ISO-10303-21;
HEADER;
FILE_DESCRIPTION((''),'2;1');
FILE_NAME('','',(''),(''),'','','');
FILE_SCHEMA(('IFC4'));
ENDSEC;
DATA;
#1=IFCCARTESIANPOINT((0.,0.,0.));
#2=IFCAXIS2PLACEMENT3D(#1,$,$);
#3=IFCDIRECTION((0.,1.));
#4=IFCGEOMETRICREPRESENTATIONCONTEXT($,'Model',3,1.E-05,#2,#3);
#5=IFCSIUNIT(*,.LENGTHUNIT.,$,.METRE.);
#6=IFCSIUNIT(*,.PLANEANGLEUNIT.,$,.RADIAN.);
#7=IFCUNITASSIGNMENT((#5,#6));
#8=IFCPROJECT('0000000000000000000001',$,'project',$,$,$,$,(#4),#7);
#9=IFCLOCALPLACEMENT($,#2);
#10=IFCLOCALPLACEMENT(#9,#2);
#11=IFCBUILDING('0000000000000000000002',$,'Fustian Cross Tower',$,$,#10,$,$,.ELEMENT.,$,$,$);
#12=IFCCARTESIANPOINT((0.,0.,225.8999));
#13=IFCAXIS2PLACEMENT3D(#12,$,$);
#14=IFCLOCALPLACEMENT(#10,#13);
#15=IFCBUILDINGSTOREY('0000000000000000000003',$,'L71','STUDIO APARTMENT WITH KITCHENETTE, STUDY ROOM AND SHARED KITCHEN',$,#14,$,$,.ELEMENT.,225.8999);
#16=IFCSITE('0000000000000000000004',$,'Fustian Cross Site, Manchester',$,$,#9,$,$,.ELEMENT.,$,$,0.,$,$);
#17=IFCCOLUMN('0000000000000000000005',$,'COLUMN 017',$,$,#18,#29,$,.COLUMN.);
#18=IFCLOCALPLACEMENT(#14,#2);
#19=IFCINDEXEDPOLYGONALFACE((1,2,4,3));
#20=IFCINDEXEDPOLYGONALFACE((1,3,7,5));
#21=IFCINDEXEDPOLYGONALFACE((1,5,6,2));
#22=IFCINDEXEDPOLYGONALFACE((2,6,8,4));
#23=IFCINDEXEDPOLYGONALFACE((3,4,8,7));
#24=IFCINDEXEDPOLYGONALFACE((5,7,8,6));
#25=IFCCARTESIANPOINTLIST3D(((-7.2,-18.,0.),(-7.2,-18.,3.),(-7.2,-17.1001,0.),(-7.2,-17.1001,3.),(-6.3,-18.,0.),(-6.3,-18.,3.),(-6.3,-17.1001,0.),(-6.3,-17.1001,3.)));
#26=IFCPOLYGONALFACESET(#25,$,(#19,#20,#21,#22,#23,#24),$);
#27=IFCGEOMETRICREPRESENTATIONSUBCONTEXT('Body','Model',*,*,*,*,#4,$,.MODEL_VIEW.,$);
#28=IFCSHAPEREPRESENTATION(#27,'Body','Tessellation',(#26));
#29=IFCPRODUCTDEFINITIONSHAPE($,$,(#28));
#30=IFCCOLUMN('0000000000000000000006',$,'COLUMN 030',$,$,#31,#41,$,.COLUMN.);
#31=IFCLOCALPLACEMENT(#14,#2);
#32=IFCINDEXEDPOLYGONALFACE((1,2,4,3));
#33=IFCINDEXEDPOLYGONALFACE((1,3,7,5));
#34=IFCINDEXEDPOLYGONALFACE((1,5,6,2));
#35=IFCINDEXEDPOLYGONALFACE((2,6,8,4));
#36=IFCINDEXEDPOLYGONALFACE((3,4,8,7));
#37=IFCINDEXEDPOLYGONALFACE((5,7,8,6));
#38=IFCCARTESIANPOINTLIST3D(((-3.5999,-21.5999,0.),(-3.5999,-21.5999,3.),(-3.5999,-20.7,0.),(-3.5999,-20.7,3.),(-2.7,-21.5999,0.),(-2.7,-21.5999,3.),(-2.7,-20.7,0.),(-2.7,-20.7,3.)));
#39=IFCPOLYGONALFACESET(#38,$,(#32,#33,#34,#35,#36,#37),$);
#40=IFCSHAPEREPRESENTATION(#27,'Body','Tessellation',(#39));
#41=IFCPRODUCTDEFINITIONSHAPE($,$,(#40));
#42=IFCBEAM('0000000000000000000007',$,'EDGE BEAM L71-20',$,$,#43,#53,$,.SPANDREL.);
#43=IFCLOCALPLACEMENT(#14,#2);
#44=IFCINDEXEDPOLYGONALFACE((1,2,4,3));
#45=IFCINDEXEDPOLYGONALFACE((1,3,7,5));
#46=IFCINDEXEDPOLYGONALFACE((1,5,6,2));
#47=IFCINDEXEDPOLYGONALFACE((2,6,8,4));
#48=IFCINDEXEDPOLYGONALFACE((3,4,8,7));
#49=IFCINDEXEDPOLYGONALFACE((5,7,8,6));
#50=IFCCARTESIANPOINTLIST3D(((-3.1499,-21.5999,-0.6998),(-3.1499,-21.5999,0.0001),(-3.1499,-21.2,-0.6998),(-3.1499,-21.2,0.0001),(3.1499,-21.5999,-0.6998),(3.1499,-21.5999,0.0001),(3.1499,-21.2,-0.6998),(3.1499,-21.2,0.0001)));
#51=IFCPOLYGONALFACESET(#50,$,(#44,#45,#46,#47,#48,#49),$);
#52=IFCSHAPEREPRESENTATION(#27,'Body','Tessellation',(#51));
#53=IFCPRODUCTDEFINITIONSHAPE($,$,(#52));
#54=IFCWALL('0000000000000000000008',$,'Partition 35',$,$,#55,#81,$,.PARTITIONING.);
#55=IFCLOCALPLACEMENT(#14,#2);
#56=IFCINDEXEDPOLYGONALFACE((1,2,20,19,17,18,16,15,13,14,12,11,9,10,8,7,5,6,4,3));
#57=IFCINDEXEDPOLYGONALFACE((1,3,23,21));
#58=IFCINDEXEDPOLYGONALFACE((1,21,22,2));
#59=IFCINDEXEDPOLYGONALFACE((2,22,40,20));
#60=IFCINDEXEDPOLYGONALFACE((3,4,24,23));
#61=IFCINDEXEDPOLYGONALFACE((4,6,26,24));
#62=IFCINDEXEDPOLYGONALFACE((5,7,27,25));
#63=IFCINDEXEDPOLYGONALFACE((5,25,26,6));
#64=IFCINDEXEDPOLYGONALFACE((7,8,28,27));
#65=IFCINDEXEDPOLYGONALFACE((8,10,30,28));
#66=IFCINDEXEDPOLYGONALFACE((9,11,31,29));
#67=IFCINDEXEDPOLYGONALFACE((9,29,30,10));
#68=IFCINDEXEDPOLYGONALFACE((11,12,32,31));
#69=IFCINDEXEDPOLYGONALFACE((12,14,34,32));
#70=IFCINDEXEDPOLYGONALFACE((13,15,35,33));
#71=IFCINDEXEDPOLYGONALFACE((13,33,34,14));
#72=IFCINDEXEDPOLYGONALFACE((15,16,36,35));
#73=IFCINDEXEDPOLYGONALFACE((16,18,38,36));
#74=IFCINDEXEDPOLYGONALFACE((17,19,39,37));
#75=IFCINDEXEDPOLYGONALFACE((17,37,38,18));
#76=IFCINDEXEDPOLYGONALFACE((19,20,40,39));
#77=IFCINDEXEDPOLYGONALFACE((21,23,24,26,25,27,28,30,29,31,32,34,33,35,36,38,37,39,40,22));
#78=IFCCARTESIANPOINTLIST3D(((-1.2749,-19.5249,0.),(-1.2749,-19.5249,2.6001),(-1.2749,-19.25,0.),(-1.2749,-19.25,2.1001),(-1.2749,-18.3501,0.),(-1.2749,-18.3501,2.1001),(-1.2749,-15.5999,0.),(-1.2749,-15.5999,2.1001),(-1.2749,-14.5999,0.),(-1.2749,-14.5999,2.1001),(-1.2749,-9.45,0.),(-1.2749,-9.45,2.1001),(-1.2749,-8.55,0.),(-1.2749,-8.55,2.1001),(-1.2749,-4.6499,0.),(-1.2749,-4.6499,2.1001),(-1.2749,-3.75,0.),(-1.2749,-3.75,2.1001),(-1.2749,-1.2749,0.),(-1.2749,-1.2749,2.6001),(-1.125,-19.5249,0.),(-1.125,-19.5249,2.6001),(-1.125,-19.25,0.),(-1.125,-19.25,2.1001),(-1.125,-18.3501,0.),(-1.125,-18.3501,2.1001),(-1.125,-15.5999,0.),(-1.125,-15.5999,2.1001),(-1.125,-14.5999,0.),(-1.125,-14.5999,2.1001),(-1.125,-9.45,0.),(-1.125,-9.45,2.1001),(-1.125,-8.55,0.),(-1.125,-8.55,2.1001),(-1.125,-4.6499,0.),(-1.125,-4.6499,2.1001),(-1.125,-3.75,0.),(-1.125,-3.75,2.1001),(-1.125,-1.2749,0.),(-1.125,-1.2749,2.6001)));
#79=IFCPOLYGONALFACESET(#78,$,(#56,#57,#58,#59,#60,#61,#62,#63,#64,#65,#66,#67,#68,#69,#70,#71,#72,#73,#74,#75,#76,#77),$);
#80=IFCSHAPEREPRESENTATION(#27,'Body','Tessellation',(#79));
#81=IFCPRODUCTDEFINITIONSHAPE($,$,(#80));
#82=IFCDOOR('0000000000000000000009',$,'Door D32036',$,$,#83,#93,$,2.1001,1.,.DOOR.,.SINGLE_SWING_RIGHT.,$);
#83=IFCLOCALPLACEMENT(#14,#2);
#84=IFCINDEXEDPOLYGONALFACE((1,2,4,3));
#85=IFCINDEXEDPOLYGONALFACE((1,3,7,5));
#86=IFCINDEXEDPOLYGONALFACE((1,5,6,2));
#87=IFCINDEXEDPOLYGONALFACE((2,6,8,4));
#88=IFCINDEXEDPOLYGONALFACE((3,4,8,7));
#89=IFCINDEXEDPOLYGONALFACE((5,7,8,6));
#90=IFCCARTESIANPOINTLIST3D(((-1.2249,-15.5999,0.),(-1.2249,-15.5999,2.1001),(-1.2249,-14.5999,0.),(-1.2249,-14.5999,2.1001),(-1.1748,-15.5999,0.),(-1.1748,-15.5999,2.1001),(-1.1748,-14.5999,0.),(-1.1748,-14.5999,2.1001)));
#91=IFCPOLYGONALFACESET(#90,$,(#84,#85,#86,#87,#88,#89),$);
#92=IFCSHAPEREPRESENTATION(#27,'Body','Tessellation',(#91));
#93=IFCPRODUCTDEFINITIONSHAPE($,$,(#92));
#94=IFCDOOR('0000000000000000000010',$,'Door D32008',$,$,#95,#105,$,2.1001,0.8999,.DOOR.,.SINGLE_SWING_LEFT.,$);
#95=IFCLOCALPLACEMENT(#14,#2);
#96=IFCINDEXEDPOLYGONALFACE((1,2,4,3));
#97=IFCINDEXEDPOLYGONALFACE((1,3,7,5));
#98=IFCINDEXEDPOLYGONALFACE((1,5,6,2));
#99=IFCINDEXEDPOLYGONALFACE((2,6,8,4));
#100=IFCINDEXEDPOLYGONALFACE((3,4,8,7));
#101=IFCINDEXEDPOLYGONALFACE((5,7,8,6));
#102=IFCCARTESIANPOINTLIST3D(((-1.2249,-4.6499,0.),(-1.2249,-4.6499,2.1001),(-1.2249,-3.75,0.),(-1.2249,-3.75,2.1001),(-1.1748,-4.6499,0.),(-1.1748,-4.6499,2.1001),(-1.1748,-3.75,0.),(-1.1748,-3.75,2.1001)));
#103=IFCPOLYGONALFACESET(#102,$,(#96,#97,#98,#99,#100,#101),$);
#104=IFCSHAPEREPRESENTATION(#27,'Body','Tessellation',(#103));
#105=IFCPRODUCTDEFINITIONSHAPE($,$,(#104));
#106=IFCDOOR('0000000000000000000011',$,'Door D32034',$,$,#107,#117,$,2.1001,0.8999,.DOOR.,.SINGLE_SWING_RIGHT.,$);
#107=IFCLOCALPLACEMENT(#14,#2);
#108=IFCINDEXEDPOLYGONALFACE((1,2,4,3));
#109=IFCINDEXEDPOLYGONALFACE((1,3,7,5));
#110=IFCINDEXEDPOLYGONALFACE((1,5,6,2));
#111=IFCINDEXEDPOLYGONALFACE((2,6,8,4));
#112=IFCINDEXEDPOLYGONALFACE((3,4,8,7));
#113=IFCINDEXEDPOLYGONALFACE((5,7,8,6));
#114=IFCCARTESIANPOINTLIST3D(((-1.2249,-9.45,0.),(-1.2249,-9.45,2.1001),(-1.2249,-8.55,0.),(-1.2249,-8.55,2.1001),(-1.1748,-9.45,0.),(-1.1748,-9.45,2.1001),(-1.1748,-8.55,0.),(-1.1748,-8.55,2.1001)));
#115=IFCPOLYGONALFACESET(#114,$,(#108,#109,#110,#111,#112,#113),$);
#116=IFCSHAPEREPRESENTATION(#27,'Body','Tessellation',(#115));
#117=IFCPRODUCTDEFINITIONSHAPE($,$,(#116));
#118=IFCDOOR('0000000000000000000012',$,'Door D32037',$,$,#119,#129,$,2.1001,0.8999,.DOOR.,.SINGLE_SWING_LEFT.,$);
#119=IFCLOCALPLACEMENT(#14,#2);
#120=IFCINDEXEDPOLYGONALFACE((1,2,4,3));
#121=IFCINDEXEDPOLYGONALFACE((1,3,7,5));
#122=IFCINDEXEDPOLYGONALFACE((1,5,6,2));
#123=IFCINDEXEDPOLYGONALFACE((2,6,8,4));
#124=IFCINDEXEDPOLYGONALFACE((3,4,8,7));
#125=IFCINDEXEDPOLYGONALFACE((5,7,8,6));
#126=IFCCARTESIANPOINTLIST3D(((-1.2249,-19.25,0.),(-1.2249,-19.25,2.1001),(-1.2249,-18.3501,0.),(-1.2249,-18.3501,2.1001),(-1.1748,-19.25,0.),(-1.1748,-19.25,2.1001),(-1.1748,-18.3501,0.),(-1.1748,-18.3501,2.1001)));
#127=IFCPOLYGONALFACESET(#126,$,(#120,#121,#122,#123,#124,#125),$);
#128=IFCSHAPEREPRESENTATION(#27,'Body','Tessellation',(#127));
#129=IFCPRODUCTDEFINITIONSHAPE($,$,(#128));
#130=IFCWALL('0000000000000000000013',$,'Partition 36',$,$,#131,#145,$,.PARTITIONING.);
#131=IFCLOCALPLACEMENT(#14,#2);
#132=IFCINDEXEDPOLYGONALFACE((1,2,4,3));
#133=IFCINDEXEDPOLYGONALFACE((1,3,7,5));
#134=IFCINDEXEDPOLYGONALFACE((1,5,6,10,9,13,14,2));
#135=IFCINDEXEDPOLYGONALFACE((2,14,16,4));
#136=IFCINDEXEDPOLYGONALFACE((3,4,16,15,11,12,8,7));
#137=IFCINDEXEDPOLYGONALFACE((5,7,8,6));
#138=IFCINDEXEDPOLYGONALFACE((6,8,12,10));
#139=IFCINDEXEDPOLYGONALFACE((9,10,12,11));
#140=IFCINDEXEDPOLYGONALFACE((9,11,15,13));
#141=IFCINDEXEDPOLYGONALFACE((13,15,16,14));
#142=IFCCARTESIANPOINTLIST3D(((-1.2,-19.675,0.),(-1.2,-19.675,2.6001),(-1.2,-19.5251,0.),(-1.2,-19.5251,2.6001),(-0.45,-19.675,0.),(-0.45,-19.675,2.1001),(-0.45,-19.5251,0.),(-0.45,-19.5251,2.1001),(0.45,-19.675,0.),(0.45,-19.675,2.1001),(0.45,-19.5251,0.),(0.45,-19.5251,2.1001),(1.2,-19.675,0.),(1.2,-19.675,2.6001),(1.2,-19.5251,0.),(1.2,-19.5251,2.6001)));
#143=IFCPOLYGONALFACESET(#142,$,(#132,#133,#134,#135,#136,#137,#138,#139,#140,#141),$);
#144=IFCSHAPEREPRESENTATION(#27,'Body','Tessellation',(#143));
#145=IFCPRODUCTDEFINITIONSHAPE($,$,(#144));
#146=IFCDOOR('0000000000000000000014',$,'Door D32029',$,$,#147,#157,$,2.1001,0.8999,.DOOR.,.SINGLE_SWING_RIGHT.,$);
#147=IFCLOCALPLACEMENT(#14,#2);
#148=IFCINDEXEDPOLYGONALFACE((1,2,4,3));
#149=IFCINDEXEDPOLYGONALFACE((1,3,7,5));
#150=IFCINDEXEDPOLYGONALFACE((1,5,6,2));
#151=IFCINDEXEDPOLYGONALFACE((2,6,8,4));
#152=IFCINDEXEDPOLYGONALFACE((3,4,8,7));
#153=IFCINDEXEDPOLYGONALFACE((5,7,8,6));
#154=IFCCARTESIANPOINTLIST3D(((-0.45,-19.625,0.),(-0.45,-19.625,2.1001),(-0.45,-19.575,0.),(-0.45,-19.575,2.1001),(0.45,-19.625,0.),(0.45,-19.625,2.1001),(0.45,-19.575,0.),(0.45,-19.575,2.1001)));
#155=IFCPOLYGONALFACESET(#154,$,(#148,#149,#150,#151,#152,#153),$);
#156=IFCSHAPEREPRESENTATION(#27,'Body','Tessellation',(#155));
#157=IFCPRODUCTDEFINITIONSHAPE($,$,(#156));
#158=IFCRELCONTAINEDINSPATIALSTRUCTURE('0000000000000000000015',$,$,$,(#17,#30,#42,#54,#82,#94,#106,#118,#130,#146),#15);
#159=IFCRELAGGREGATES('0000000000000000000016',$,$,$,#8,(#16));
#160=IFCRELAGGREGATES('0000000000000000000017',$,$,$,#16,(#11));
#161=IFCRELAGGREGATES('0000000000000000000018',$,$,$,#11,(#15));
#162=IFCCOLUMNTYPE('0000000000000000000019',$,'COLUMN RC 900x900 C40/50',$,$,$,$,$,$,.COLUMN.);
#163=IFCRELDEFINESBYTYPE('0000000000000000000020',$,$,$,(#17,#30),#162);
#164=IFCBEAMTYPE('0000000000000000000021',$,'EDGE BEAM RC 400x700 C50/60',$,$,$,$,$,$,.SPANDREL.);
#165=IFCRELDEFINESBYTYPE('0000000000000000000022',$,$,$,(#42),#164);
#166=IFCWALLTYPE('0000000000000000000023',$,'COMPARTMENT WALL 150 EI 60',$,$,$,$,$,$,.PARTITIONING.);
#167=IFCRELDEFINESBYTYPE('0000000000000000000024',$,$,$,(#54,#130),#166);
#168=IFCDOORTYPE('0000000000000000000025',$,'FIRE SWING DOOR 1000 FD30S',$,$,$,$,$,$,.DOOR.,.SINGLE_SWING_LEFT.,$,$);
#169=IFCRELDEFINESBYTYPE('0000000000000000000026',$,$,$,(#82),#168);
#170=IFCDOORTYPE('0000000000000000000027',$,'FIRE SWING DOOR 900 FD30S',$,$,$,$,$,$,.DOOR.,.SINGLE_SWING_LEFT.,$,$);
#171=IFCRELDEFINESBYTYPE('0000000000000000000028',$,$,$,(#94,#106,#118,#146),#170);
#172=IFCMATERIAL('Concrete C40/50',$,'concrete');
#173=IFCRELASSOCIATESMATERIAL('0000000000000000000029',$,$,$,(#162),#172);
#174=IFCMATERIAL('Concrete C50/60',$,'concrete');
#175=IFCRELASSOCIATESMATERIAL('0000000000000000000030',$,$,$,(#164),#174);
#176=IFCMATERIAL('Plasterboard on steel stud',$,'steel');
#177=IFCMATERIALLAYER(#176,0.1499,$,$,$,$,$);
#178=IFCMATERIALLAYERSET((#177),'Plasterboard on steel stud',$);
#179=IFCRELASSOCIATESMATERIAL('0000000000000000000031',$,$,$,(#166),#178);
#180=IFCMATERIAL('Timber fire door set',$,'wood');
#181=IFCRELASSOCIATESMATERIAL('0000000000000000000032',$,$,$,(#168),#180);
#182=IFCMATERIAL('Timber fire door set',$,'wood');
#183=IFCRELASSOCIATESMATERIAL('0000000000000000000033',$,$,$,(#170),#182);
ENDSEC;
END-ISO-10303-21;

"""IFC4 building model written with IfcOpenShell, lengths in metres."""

from ifc_helpers import new_model, si_unit, direction, frame, frame_2d, origin, origin_2d, place, context, subcontext, project, spatial, rectangle, extrude, material, layer, layer_set, material_profile, profile_set, type_object, element, fill, save


model = new_model("IFC4")

# Units and contexts
model_context = context("Model", 3, precision=1e-05, world=origin(), true_north=direction((0.0, 1.0)))
body_context = subcontext(model_context, "Body", "Model", "MODEL_VIEW")
ifc_project = project(units=[si_unit("LENGTHUNIT", "METRE"), si_unit("PLANEANGLEUNIT", "RADIAN")], contexts=[model_context])

# Site, building, storey
site_placement = place(None, origin())
site = spatial("IfcSite", under=ifc_project, at=site_placement, Name="Fustian Cross Site, Manchester", CompositionType="ELEMENT", RefElevation=0.0)
building_placement = place(site_placement, origin())
building = spatial("IfcBuilding", under=site, at=building_placement, Name="Fustian Cross Tower", CompositionType="ELEMENT")
storey_placement = place(building_placement, frame((0.0, 0.0, 225.8999)))
storey = spatial("IfcBuildingStorey", under=building, at=storey_placement, Name="L71", Description="STUDIO APARTMENT WITH KITCHENETTE, STUDY ROOM AND SHARED KITCHEN", CompositionType="ELEMENT", Elevation=225.8999)

# Columns
ifc_material_1 = material(Name="Concrete C40/50", Category="concrete")
ifc_material_profile_1 = material_profile(ifc_material_1, rectangle(XDim=0.8999, YDim=0.8999, at=origin_2d()), Name="RC 900x900")
ifc_profile_set_1 = profile_set([ifc_material_profile_1], Name="Concrete C40/50")
column_type = type_object("IfcColumnType", Name="COLUMN RC 900x900 C40/50", PredefinedType="COLUMN", material=ifc_profile_set_1)
for number, where, z_axis, x_axis, name in (
    (1, (-6.75, -17.55, 0.0), (0.0, 0.0, 1.0), (1.0, 0.0, 0.0), "COLUMN 017"),
    (2, (-3.1499, -21.1499, 0.0), (0.0, 0.0, 1.0), (1.0, 0.0, 0.0), "COLUMN 030"),
):
    element("IfcColumn", number, at=place(storey_placement, frame(where, z_axis=z_axis, x_axis=x_axis)), inside=storey, type_object=column_type, Name=name, PredefinedType="COLUMN", context=body_context, shape_type="SweptSolid", body=[
        extrude(rectangle(XDim=0.8999, YDim=0.8999, at=origin_2d()), origin(), (0.0, 0.0, 1.0), 3.0),
    ])

# Beam
ifc_material_2 = material(Name="Concrete C50/60", Category="concrete")
ifc_material_profile_2 = material_profile(ifc_material_2, rectangle(XDim=0.3999, YDim=0.7, at=origin_2d()), Name="RC 400x700")
ifc_profile_set_2 = profile_set([ifc_material_profile_2], Name="Concrete C50/60")
beam_type = type_object("IfcBeamType", Name="EDGE BEAM RC 400x700 C50/60", PredefinedType="SPANDREL", material=ifc_profile_set_2)
beam_placement = place(storey_placement, frame((-3.1499, -21.3999, -0.3499), z_axis=(1.0, 0.0, 0.0), x_axis=(0.0, 1.0, 0.0)))
element("IfcBeam", 3, at=beam_placement, inside=storey, type_object=beam_type, Name="EDGE BEAM L71-20", PredefinedType="SPANDREL", context=body_context, shape_type="SweptSolid", body=[
    extrude(rectangle(XDim=0.3999, YDim=0.7, at=origin_2d()), origin(), (0.0, 0.0, 1.0), 6.2998),
])

# Wall, openings, doors
ifc_material_3 = material(Name="Plasterboard on steel stud", Category="steel")
ifc_layer_1 = layer(ifc_material_3, 0.1499)
ifc_layer_set_1 = layer_set([ifc_layer_1], Name="Plasterboard on steel stud")
wall_type_1 = type_object("IfcWallType", Name="COMPARTMENT WALL 150 EI 60", PredefinedType="PARTITIONING", material=ifc_layer_set_1)
wall_1_placement = place(storey_placement, frame((-1.2, -19.5249, 0.0), z_axis=(0.0, 0.0, 1.0), x_axis=(0.0, 1.0, 0.0)))
wall_1 = element("IfcWall", 4, at=wall_1_placement, inside=storey, type_object=wall_type_1, Name="Partition 35", PredefinedType="PARTITIONING", context=body_context, shape_type="SweptSolid", body=[
    extrude(rectangle(XDim=18.25, YDim=0.1499, at=frame_2d((9.125, 0.0))), origin(), (0.0, 0.0, 1.0), 2.6001),
])
opening_1_placement = place(wall_1_placement, frame((14.875, 0.0, 0.0)))
opening_1 = element("IfcOpeningElement", 5, at=opening_1_placement, cuts=wall_1, PredefinedType="OPENING", context=body_context, shape_type="SweptSolid", body=[
    extrude(rectangle(XDim=0.8999, YDim=2.1001, at=frame_2d((0.45, 1.05))), frame((0.0, 0.085, 0.0), z_axis=(0.0, -1.0, 0.0), x_axis=(1.0, 0.0, 0.0)), (0.0, 0.0, 1.0), 0.1699),
])
opening_2_placement = place(wall_1_placement, frame((10.075, 0.0, 0.0)))
opening_2 = element("IfcOpeningElement", 6, at=opening_2_placement, cuts=wall_1, PredefinedType="OPENING", context=body_context, shape_type="SweptSolid", body=[
    extrude(rectangle(XDim=0.8999, YDim=2.1001, at=frame_2d((0.45, 1.05))), frame((0.0, 0.085, 0.0), z_axis=(0.0, -1.0, 0.0), x_axis=(1.0, 0.0, 0.0)), (0.0, 0.0, 1.0), 0.1699),
])
opening_3_placement = place(wall_1_placement, frame((3.925, 0.0, 0.0)))
opening_3 = element("IfcOpeningElement", 7, at=opening_3_placement, cuts=wall_1, PredefinedType="OPENING", context=body_context, shape_type="SweptSolid", body=[
    extrude(rectangle(XDim=1.0, YDim=2.1001, at=frame_2d((0.5, 1.05))), frame((0.0, 0.085, 0.0), z_axis=(0.0, -1.0, 0.0), x_axis=(1.0, 0.0, 0.0)), (0.0, 0.0, 1.0), 0.1699),
])
opening_4_placement = place(wall_1_placement, frame((0.2749, 0.0, 0.0)))
opening_4 = element("IfcOpeningElement", 8, at=opening_4_placement, cuts=wall_1, PredefinedType="OPENING", context=body_context, shape_type="SweptSolid", body=[
    extrude(rectangle(XDim=0.8999, YDim=2.1001, at=frame_2d((0.45, 1.05))), frame((0.0, 0.085, 0.0), z_axis=(0.0, -1.0, 0.0), x_axis=(1.0, 0.0, 0.0)), (0.0, 0.0, 1.0), 0.1699),
])
ifc_material_4 = material(Name="Timber fire door set", Category="wood")
door_type_1 = type_object("IfcDoorType", Name="FIRE SWING DOOR 1000 FD30S", OperationType="SINGLE_SWING_LEFT", PredefinedType="DOOR", material=ifc_material_4)
door_1_placement = place(opening_3_placement, origin())
door_1 = element("IfcDoor", 9, at=door_1_placement, inside=storey, type_object=door_type_1, Name="Door D32036", OperationType="SINGLE_SWING_RIGHT", OverallHeight=2.1001, OverallWidth=1.0, PredefinedType="DOOR", context=body_context, shape_type="SweptSolid", body=[
    extrude(rectangle(XDim=1.0, YDim=2.1001, at=frame_2d((0.5, 1.05))), frame((0.0, 0.0249, 0.0), z_axis=(0.0, -1.0, 0.0), x_axis=(1.0, 0.0, 0.0)), (0.0, 0.0, 1.0), 0.05),
])
fill(opening_3, door_1)
ifc_material_5 = material(Name="Timber fire door set", Category="wood")
door_type_2 = type_object("IfcDoorType", Name="FIRE SWING DOOR 900 FD30S", OperationType="SINGLE_SWING_LEFT", PredefinedType="DOOR", material=ifc_material_5)
door_2_placement = place(opening_1_placement, origin())
door_2 = element("IfcDoor", 10, at=door_2_placement, inside=storey, type_object=door_type_2, Name="Door D32008", OperationType="SINGLE_SWING_LEFT", OverallHeight=2.1001, OverallWidth=0.8999, PredefinedType="DOOR", context=body_context, shape_type="SweptSolid", body=[
    extrude(rectangle(XDim=0.8999, YDim=2.1001, at=frame_2d((0.45, 1.05))), frame((0.0, 0.0249, 0.0), z_axis=(0.0, -1.0, 0.0), x_axis=(1.0, 0.0, 0.0)), (0.0, 0.0, 1.0), 0.05),
])
fill(opening_1, door_2)
door_3_placement = place(opening_2_placement, origin())
door_3 = element("IfcDoor", 11, at=door_3_placement, inside=storey, type_object=door_type_2, Name="Door D32034", OperationType="SINGLE_SWING_RIGHT", OverallHeight=2.1001, OverallWidth=0.8999, PredefinedType="DOOR", context=body_context, shape_type="SweptSolid", body=[
    extrude(rectangle(XDim=0.8999, YDim=2.1001, at=frame_2d((0.45, 1.05))), frame((0.0, 0.0249, 0.0), z_axis=(0.0, -1.0, 0.0), x_axis=(1.0, 0.0, 0.0)), (0.0, 0.0, 1.0), 0.05),
])
fill(opening_2, door_3)
door_4_placement = place(opening_4_placement, origin())
door_4 = element("IfcDoor", 12, at=door_4_placement, inside=storey, type_object=door_type_2, Name="Door D32037", OperationType="SINGLE_SWING_LEFT", OverallHeight=2.1001, OverallWidth=0.8999, PredefinedType="DOOR", context=body_context, shape_type="SweptSolid", body=[
    extrude(rectangle(XDim=0.8999, YDim=2.1001, at=frame_2d((0.45, 1.05))), frame((0.0, 0.0249, 0.0), z_axis=(0.0, -1.0, 0.0), x_axis=(1.0, 0.0, 0.0)), (0.0, 0.0, 1.0), 0.05),
])
fill(opening_4, door_4)

# Wall, opening, door
wall_2_placement = place(storey_placement, frame((-1.2, -19.6001, 0.0), z_axis=(0.0, 0.0, 1.0), x_axis=(1.0, 0.0, 0.0)))
wall_2 = element("IfcWall", 13, at=wall_2_placement, inside=storey, type_object=wall_type_1, Name="Partition 36", PredefinedType="PARTITIONING", context=body_context, shape_type="SweptSolid", body=[
    extrude(rectangle(XDim=2.3999, YDim=0.1499, at=frame_2d((1.2, 0.0))), origin(), (0.0, 0.0, 1.0), 2.6001),
])
opening_5_placement = place(wall_2_placement, frame((0.75, 0.0, 0.0)))
opening_5 = element("IfcOpeningElement", 14, at=opening_5_placement, cuts=wall_2, PredefinedType="OPENING", context=body_context, shape_type="SweptSolid", body=[
    extrude(rectangle(XDim=0.8999, YDim=2.1001, at=frame_2d((0.45, 1.05))), frame((0.0, 0.085, 0.0), z_axis=(0.0, -1.0, 0.0), x_axis=(1.0, 0.0, 0.0)), (0.0, 0.0, 1.0), 0.1699),
])
door_5_placement = place(opening_5_placement, frame((0.8999, 0.0, 0.0), z_axis=(0.0, 0.0, 1.0), x_axis=(-1.0, 0.0, 0.0)))
door_5 = element("IfcDoor", 15, at=door_5_placement, inside=storey, type_object=door_type_2, Name="Door D32029", OperationType="SINGLE_SWING_RIGHT", OverallHeight=2.1001, OverallWidth=0.8999, PredefinedType="DOOR", context=body_context, shape_type="SweptSolid", body=[
    extrude(rectangle(XDim=0.8999, YDim=2.1001, at=frame_2d((0.45, 1.05))), frame((0.0, 0.0249, 0.0), z_axis=(0.0, -1.0, 0.0), x_axis=(1.0, 0.0, 0.0)), (0.0, 0.0, 1.0), 0.05),
])
fill(opening_5, door_5)

save(model, "model.ifc")
